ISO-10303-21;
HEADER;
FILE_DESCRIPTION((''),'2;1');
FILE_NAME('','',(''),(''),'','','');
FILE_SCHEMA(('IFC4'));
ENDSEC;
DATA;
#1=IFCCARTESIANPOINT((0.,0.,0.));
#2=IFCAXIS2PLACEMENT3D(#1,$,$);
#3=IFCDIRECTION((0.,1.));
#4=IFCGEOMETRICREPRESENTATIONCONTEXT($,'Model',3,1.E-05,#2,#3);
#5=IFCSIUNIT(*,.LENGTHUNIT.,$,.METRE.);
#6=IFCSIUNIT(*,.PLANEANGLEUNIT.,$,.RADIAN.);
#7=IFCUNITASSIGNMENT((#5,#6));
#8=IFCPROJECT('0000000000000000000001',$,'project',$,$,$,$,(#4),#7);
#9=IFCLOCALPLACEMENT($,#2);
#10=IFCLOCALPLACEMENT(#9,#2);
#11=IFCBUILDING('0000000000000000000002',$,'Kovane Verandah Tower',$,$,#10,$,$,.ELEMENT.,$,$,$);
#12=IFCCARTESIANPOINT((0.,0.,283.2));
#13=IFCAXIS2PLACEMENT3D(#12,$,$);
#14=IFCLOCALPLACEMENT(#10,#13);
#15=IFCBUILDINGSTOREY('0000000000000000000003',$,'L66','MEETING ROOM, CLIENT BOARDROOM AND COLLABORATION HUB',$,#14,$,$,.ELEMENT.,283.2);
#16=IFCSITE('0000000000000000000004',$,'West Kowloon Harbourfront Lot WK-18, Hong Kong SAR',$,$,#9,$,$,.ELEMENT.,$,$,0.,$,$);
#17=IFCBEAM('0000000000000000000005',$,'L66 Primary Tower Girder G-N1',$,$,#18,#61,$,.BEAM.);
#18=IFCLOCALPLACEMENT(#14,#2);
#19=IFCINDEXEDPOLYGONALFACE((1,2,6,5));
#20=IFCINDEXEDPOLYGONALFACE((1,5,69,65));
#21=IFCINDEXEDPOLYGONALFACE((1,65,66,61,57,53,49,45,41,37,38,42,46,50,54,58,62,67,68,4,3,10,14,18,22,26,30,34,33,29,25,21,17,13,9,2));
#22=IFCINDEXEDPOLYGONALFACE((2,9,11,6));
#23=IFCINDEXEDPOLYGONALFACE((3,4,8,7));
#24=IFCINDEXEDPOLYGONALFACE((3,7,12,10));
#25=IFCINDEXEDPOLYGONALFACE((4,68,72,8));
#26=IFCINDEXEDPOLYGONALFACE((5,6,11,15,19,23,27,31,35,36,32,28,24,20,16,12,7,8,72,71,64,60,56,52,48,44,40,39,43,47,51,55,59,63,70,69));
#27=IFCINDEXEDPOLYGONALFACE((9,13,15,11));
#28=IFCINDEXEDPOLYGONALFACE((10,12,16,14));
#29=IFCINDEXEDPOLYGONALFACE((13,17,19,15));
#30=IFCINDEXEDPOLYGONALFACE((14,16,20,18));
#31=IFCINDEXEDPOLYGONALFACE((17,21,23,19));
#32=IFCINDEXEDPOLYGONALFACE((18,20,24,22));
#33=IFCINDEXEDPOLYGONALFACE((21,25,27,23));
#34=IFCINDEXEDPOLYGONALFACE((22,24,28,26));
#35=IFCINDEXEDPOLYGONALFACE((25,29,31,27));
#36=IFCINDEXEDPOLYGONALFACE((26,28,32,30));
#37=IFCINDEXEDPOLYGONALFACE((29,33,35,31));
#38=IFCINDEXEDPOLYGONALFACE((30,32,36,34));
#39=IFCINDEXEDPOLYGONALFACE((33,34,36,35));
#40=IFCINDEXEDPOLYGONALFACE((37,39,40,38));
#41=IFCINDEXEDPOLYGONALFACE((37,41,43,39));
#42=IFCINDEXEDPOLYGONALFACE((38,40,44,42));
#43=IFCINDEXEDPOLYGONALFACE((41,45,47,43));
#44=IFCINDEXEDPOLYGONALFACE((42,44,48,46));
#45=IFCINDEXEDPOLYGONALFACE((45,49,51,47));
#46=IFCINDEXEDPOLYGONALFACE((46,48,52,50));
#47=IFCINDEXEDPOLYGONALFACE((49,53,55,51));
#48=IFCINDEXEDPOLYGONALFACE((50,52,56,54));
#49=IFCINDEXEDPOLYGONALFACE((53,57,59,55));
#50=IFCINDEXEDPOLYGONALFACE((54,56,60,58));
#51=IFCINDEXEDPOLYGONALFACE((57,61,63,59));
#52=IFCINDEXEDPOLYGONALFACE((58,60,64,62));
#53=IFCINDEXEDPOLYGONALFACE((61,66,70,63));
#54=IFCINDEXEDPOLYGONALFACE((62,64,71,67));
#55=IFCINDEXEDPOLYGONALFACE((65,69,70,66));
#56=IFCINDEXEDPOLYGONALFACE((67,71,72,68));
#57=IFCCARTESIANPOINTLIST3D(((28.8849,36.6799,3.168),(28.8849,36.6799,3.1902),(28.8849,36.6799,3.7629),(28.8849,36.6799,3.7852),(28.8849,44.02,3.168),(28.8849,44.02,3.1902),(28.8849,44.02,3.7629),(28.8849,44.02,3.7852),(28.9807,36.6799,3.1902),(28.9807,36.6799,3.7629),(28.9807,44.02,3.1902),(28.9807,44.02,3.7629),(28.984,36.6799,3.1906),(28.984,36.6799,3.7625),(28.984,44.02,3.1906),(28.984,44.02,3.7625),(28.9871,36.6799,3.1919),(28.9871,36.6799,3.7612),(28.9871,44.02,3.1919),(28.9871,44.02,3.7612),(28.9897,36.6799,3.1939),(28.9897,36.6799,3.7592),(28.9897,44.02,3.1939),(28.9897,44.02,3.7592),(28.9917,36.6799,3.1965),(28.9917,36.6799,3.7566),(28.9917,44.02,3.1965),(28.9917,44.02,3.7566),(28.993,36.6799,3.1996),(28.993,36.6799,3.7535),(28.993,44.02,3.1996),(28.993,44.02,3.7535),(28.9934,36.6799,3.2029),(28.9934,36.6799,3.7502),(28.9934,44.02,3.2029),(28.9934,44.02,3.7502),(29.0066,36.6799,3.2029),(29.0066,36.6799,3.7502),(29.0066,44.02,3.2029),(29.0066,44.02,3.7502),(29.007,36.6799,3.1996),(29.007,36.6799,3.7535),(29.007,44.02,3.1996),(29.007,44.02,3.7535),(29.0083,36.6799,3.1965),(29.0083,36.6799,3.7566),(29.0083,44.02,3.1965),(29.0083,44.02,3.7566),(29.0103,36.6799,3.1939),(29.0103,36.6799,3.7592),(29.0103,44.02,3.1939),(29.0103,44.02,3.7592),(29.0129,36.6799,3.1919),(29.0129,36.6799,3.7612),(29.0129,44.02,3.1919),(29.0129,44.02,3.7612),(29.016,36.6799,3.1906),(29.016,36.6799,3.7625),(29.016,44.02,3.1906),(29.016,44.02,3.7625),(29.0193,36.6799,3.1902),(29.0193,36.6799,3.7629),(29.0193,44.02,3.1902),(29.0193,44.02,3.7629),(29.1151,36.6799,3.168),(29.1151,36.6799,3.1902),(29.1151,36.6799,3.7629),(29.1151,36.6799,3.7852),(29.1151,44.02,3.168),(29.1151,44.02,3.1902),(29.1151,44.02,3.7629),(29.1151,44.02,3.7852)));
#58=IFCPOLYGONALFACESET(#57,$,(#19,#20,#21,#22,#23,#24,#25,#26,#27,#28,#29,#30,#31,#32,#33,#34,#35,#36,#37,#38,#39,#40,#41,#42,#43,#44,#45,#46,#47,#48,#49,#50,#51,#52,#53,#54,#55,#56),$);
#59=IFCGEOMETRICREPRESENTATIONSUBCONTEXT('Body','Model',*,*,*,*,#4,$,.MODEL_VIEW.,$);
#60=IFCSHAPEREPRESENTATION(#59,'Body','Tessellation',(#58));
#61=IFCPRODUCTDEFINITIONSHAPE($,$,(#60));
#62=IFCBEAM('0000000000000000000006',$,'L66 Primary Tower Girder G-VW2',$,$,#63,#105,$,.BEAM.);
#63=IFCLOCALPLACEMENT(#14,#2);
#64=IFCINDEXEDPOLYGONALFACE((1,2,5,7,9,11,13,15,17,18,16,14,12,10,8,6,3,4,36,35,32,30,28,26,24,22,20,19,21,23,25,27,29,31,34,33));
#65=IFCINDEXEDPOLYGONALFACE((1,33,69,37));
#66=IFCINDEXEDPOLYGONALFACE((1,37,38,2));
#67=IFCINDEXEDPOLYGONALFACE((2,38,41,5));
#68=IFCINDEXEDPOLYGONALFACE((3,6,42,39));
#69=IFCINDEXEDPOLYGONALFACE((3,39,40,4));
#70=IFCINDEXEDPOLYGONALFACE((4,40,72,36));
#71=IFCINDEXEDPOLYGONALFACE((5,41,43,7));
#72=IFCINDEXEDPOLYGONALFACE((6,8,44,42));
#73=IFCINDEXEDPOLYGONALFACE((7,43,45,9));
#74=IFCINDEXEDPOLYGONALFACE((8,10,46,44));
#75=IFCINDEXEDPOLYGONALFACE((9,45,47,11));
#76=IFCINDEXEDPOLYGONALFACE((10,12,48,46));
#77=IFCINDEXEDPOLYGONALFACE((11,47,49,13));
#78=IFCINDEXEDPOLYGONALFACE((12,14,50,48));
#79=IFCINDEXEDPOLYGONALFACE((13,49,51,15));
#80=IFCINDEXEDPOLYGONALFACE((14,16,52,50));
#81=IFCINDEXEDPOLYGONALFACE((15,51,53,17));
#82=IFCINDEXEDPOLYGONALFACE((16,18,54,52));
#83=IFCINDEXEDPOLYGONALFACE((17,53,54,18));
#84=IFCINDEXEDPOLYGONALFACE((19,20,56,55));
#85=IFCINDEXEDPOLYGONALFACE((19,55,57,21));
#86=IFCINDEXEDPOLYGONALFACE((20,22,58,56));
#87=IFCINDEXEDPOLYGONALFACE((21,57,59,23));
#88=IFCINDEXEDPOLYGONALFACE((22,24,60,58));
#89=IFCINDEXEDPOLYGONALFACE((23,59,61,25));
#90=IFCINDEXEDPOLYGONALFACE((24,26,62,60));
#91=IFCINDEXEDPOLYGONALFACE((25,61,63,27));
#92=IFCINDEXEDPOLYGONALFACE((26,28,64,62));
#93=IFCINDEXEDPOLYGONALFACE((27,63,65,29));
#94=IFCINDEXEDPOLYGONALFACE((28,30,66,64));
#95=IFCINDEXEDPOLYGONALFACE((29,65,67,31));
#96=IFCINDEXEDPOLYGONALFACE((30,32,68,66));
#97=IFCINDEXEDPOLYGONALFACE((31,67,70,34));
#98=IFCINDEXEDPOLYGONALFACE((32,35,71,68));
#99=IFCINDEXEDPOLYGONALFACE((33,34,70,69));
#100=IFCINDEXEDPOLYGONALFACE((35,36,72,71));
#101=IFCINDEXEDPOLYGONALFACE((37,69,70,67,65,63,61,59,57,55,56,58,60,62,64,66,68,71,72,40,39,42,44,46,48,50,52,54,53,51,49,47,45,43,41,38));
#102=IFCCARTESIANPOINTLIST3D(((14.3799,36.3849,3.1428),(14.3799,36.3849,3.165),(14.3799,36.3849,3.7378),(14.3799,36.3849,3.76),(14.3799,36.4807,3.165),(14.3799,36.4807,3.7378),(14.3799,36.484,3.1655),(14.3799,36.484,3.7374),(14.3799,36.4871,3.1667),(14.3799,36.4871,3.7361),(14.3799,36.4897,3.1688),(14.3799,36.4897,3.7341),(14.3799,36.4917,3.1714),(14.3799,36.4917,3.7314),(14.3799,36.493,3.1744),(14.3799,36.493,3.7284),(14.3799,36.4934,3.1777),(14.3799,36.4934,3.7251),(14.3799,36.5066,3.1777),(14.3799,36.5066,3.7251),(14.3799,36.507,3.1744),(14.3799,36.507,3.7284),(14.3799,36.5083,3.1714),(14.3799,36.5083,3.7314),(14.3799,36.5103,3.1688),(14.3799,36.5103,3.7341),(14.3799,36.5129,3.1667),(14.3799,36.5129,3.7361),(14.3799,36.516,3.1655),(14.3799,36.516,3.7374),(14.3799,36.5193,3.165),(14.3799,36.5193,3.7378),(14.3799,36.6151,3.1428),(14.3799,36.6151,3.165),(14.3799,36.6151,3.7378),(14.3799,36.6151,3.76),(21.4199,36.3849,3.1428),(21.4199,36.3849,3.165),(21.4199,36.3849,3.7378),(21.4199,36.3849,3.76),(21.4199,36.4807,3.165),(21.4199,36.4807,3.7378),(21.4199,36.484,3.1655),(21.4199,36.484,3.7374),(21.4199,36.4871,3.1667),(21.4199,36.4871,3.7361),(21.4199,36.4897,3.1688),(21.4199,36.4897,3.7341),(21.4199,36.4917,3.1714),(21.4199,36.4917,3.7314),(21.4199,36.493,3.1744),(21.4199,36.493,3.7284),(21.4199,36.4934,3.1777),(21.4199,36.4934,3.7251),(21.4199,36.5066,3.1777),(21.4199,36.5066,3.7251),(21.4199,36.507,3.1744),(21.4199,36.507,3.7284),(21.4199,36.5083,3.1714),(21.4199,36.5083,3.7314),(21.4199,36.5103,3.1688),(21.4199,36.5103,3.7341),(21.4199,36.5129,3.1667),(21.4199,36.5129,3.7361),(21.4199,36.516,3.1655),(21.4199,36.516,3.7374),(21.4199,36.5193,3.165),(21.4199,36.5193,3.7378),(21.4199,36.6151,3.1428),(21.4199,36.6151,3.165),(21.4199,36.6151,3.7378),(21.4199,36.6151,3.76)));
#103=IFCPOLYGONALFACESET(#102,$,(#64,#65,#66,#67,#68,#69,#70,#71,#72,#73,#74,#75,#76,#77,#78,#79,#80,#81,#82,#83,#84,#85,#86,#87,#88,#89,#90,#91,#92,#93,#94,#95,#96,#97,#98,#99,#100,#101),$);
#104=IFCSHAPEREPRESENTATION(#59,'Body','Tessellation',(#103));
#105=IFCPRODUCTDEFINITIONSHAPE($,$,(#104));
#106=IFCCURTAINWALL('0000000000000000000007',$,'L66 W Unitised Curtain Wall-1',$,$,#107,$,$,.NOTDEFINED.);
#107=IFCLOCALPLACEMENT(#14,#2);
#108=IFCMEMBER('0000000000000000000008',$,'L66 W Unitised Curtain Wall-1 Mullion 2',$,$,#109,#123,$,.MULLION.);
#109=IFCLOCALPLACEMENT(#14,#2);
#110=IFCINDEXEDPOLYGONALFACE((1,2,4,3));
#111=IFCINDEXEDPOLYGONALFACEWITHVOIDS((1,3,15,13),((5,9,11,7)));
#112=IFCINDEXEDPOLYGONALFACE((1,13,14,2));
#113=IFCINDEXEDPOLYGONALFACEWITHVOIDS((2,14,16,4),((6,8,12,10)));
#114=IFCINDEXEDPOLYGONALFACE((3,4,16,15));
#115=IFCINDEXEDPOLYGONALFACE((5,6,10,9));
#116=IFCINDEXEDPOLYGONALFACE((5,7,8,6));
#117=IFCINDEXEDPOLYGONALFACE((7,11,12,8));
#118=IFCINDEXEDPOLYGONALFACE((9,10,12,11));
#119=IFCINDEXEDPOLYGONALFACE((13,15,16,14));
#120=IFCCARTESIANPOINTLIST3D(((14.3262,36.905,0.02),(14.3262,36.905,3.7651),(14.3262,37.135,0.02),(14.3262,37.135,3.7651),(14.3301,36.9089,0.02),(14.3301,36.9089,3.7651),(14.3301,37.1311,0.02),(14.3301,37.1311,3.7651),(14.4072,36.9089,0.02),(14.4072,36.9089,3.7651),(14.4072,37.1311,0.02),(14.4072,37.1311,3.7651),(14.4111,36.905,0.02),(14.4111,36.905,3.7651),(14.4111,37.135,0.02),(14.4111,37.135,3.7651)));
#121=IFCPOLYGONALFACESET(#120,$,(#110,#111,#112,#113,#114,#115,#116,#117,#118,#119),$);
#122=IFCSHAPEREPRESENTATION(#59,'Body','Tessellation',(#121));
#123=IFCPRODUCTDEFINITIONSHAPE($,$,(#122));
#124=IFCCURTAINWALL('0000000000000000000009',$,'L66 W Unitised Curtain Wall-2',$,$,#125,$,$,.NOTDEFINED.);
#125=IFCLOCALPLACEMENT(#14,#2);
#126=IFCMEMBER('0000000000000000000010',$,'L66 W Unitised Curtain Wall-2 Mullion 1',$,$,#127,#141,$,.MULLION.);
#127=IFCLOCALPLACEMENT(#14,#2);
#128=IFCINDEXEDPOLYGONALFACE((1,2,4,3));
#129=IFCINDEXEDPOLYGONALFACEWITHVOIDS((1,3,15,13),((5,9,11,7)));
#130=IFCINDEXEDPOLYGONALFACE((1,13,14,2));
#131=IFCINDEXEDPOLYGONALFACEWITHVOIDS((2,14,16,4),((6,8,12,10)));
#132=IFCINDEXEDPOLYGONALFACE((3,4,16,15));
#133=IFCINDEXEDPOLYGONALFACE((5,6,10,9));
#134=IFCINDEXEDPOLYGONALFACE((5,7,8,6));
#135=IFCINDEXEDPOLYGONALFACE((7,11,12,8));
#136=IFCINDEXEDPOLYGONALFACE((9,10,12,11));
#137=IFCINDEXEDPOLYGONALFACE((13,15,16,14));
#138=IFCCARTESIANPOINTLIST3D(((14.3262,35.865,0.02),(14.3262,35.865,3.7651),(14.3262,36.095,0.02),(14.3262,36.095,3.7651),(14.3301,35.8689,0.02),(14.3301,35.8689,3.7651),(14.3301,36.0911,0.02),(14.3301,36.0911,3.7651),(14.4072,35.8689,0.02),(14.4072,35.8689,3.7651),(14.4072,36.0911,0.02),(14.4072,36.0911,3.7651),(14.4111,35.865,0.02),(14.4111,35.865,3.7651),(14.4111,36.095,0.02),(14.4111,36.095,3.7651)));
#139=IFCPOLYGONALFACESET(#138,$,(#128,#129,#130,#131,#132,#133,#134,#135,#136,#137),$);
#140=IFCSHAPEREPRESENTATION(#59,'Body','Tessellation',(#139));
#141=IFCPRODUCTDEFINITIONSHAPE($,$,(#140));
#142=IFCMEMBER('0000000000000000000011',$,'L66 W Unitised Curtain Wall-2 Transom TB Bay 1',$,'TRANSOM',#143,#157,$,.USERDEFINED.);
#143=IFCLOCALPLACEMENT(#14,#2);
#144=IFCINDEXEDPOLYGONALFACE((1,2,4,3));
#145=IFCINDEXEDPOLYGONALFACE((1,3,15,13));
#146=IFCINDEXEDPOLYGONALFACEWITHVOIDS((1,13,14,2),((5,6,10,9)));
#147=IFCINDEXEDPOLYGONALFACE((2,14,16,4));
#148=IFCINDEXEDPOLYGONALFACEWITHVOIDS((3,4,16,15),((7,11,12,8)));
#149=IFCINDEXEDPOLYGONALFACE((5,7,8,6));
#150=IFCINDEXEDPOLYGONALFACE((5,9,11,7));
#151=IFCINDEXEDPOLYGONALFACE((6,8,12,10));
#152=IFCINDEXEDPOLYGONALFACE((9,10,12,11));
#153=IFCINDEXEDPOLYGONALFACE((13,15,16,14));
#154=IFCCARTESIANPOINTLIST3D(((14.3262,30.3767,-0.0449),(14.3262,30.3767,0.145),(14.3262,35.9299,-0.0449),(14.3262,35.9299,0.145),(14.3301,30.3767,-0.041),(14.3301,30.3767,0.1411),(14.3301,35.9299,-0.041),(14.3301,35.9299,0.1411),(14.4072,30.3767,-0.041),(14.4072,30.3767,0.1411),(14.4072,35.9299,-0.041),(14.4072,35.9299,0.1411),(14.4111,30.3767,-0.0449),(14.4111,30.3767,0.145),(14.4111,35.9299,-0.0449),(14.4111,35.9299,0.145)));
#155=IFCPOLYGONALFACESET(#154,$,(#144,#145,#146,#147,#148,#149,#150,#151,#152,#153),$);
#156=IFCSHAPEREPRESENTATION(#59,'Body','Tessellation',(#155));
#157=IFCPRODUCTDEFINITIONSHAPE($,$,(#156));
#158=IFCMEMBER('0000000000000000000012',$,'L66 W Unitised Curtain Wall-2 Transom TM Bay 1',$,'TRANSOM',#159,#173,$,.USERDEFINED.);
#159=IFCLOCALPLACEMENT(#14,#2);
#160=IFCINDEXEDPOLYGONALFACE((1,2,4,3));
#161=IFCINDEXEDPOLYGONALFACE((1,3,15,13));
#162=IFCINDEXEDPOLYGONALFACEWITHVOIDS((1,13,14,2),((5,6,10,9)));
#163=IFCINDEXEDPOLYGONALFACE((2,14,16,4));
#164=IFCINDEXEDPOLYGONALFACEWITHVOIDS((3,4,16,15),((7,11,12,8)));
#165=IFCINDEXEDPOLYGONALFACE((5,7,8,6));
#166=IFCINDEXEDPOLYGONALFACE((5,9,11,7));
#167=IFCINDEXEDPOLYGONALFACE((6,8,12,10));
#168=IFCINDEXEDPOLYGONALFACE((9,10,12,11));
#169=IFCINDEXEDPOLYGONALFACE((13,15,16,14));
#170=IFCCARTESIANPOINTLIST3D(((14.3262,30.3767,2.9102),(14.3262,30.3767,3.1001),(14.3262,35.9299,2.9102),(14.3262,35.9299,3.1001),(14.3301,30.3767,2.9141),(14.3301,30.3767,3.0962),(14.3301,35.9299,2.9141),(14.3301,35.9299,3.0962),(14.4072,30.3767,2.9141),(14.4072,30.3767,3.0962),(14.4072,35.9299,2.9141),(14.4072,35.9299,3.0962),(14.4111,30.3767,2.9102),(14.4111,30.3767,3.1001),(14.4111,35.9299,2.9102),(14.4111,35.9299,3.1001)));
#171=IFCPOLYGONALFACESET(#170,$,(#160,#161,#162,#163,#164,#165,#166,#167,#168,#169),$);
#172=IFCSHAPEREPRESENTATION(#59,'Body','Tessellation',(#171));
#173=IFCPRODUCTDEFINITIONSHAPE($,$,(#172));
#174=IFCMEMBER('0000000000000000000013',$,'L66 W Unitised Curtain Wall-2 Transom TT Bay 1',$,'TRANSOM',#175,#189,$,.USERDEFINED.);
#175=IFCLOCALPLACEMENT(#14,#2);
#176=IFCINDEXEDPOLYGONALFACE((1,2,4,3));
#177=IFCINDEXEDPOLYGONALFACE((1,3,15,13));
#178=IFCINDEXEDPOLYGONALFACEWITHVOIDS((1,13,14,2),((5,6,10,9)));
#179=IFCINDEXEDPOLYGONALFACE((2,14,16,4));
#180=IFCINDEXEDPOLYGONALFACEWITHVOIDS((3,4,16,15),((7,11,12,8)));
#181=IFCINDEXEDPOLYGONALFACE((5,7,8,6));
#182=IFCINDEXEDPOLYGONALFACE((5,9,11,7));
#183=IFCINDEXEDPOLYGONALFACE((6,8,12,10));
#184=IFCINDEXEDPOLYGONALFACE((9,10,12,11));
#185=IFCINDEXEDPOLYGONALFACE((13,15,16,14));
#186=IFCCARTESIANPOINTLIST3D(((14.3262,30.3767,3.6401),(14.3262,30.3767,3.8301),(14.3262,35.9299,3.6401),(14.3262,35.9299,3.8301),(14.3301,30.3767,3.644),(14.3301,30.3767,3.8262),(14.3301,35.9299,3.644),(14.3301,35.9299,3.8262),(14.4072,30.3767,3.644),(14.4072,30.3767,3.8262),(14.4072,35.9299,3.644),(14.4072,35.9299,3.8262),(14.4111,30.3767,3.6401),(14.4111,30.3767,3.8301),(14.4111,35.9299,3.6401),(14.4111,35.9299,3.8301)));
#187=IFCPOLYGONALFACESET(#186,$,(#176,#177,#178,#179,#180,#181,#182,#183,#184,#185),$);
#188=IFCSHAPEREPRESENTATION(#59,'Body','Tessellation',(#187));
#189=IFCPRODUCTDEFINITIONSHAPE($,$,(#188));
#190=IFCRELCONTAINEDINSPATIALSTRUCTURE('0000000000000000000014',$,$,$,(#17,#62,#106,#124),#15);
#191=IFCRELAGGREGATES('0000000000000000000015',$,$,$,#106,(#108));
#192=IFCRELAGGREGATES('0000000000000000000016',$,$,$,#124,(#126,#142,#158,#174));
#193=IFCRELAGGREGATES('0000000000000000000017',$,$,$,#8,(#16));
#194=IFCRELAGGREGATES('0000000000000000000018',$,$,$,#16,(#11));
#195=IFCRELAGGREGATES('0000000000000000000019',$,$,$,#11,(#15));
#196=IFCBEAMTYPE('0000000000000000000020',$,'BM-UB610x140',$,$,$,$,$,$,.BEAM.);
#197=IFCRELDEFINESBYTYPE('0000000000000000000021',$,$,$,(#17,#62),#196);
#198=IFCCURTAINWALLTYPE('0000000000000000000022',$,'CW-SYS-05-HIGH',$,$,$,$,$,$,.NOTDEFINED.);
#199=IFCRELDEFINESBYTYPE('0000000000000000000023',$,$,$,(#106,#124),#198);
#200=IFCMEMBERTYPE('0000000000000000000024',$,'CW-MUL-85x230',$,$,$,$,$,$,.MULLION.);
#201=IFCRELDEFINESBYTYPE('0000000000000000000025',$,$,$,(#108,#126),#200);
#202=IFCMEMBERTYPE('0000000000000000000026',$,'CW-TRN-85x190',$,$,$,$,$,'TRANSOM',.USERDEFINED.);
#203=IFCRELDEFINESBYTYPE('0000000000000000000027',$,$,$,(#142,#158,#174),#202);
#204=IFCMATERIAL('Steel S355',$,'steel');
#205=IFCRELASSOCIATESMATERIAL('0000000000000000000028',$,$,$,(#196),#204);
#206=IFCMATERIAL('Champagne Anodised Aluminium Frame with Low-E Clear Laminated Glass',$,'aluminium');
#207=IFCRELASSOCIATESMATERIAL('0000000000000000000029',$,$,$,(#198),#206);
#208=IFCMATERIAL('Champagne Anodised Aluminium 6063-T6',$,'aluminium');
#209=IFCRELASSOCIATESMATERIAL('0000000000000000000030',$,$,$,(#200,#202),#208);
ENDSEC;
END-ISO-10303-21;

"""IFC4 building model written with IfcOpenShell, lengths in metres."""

from ifc_helpers import new_model, si_unit, direction, frame, origin, origin_2d, place, context, subcontext, project, spatial, hollow_rectangle, i_section, extrude, material, material_profile, profile_set, type_object, element, aggregate, save


model = new_model("IFC4")

# Units and contexts
model_context = context("Model", 3, precision=1e-05, world=origin(), true_north=direction((0.0, 1.0)))
body_context = subcontext(model_context, "Body", "Model", "MODEL_VIEW")
ifc_project = project(units=[si_unit("LENGTHUNIT", "METRE"), si_unit("PLANEANGLEUNIT", "RADIAN")], contexts=[model_context])

# Site, building, storey
site_placement = place(None, origin())
site = spatial("IfcSite", under=ifc_project, at=site_placement, Name="West Kowloon Harbourfront Lot WK-18, Hong Kong SAR", CompositionType="ELEMENT", RefElevation=0.0)
building_placement = place(site_placement, origin())
building = spatial("IfcBuilding", under=site, at=building_placement, Name="Kovane Verandah Tower", CompositionType="ELEMENT")
storey_placement = place(building_placement, frame((0.0, 0.0, 283.2)))
storey = spatial("IfcBuildingStorey", under=building, at=storey_placement, Name="L66", Description="MEETING ROOM, CLIENT BOARDROOM AND COLLABORATION HUB", CompositionType="ELEMENT", Elevation=283.2)

# Beams
ifc_material_1 = material(Name="Steel S355", Category="steel")
ifc_material_profile_1 = material_profile(ifc_material_1, i_section(OverallWidth=0.2302, OverallDepth=0.6172, WebThickness=0.0132, FlangeThickness=0.0222, FilletRadius=0.0127, at=origin_2d()), Name="UB610x229x140")
ifc_profile_set_1 = profile_set([ifc_material_profile_1], Name="Steel S355")
beam_type_1 = type_object("IfcBeamType", Name="BM-UB610x140", PredefinedType="BEAM", material=ifc_profile_set_1)
beam_1_placement = place(storey_placement, frame((29.0, 36.6799, 3.4766), z_axis=(0.0, 1.0, 0.0), x_axis=(-1.0, 0.0, 0.0)))
element("IfcBeam", 1, at=beam_1_placement, inside=storey, type_object=beam_type_1, Name="L66 Primary Tower Girder G-N1", PredefinedType="BEAM", context=body_context, shape_type="SweptSolid", body=[
    extrude(i_section(OverallWidth=0.2302, OverallDepth=0.6172, WebThickness=0.0132, FlangeThickness=0.0222, FilletRadius=0.0127, at=origin_2d()), origin(), (0.0, 0.0, 1.0), 7.3401),
])
beam_2_placement = place(storey_placement, frame((21.4199, 36.5, 3.4514), z_axis=(-1.0, 0.0, 0.0), x_axis=(0.0, -1.0, 0.0)))
element("IfcBeam", 2, at=beam_2_placement, inside=storey, type_object=beam_type_1, Name="L66 Primary Tower Girder G-VW2", PredefinedType="BEAM", context=body_context, shape_type="SweptSolid", body=[
    extrude(i_section(OverallWidth=0.2302, OverallDepth=0.6172, WebThickness=0.0132, FlangeThickness=0.0222, FilletRadius=0.0127, at=origin_2d()), origin(), (0.0, 0.0, 1.0), 7.04),
])

# Curtain wall, member
ifc_material_2 = material(Name="Champagne Anodised Aluminium Frame with Low-E Clear Laminated Glass", Category="aluminium")
curtain_wall_type = type_object("IfcCurtainWallType", Name="CW-SYS-05-HIGH", PredefinedType="NOTDEFINED", material=ifc_material_2)
curtain_wall_1_placement = place(storey_placement, origin())
curtain_wall_1 = element("IfcCurtainWall", 3, at=curtain_wall_1_placement, inside=storey, type_object=curtain_wall_type, Name="L66 W Unitised Curtain Wall-1", PredefinedType="NOTDEFINED")
ifc_material_3 = material(Name="Champagne Anodised Aluminium 6063-T6", Category="aluminium")
ifc_material_profile_2 = material_profile(ifc_material_3, hollow_rectangle(XDim=0.085, YDim=0.23, WallThickness=0.0039, at=origin_2d()), Name="AL85x230x4")
ifc_profile_set_2 = profile_set([ifc_material_profile_2], Name="Champagne Anodised Aluminium 6063-T6")
member_type_1 = type_object("IfcMemberType", Name="CW-MUL-85x230", PredefinedType="MULLION", material=ifc_profile_set_2)
member_1_placement = place(storey_placement, frame((14.3687, 37.02, 0.02), z_axis=(0.0, 0.0, 1.0), x_axis=(-1.0, 0.0, 0.0)))
member_1 = element("IfcMember", 4, at=member_1_placement, type_object=member_type_1, Name="L66 W Unitised Curtain Wall-1 Mullion 2", PredefinedType="MULLION", context=body_context, shape_type="SweptSolid", body=[
    extrude(hollow_rectangle(XDim=0.085, YDim=0.23, WallThickness=0.0039, at=origin_2d()), origin(), (0.0, 0.0, 1.0), 3.7451),
])
aggregate(curtain_wall_1, [member_1])

# Curtain wall, members
curtain_wall_2_placement = place(storey_placement, origin())
curtain_wall_2 = element("IfcCurtainWall", 5, at=curtain_wall_2_placement, inside=storey, type_object=curtain_wall_type, Name="L66 W Unitised Curtain Wall-2", PredefinedType="NOTDEFINED")
member_2_placement = place(storey_placement, frame((14.3687, 35.98, 0.02), z_axis=(0.0, 0.0, 1.0), x_axis=(-1.0, 0.0, 0.0)))
member_2 = element("IfcMember", 6, at=member_2_placement, type_object=member_type_1, Name="L66 W Unitised Curtain Wall-2 Mullion 1", PredefinedType="MULLION", context=body_context, shape_type="SweptSolid", body=[
    extrude(hollow_rectangle(XDim=0.085, YDim=0.23, WallThickness=0.0039, at=origin_2d()), origin(), (0.0, 0.0, 1.0), 3.7451),
])
ifc_material_profile_3 = material_profile(ifc_material_3, hollow_rectangle(XDim=0.085, YDim=0.1899, WallThickness=0.0039, at=origin_2d()), Name="AL85x190x4")
ifc_profile_set_3 = profile_set([ifc_material_profile_3], Name="Champagne Anodised Aluminium 6063-T6")
member_type_2 = type_object("IfcMemberType", Name="CW-TRN-85x190", ElementType="TRANSOM", PredefinedType="USERDEFINED", material=ifc_profile_set_3)
member_3_placement = place(storey_placement, frame((14.3687, 35.9299, 0.05), z_axis=(0.0, -1.0, 0.0), x_axis=(1.0, 0.0, 0.0)))
member_3 = element("IfcMember", 7, at=member_3_placement, type_object=member_type_2, Name="L66 W Unitised Curtain Wall-2 Transom TB Bay 1", ObjectType="TRANSOM", PredefinedType="USERDEFINED", context=body_context, shape_type="SweptSolid", body=[
    extrude(hollow_rectangle(XDim=0.085, YDim=0.1899, WallThickness=0.0039, at=origin_2d()), origin(), (0.0, 0.0, 1.0), 5.5532),
])
member_4_placement = place(storey_placement, frame((14.3687, 35.9299, 3.0051), z_axis=(0.0, -1.0, 0.0), x_axis=(1.0, 0.0, 0.0)))
member_4 = element("IfcMember", 8, at=member_4_placement, type_object=member_type_2, Name="L66 W Unitised Curtain Wall-2 Transom TM Bay 1", ObjectType="TRANSOM", PredefinedType="USERDEFINED", context=body_context, shape_type="SweptSolid", body=[
    extrude(hollow_rectangle(XDim=0.085, YDim=0.1899, WallThickness=0.0039, at=origin_2d()), origin(), (0.0, 0.0, 1.0), 5.5532),
])
member_5_placement = place(storey_placement, frame((14.3687, 35.9299, 3.7351), z_axis=(0.0, -1.0, 0.0), x_axis=(1.0, 0.0, 0.0)))
member_5 = element("IfcMember", 9, at=member_5_placement, type_object=member_type_2, Name="L66 W Unitised Curtain Wall-2 Transom TT Bay 1", ObjectType="TRANSOM", PredefinedType="USERDEFINED", context=body_context, shape_type="SweptSolid", body=[
    extrude(hollow_rectangle(XDim=0.085, YDim=0.1899, WallThickness=0.0039, at=origin_2d()), origin(), (0.0, 0.0, 1.0), 5.5532),
])

aggregate(curtain_wall_2, [member_2, member_3, member_4, member_5])

save(model, "model.ifc")
